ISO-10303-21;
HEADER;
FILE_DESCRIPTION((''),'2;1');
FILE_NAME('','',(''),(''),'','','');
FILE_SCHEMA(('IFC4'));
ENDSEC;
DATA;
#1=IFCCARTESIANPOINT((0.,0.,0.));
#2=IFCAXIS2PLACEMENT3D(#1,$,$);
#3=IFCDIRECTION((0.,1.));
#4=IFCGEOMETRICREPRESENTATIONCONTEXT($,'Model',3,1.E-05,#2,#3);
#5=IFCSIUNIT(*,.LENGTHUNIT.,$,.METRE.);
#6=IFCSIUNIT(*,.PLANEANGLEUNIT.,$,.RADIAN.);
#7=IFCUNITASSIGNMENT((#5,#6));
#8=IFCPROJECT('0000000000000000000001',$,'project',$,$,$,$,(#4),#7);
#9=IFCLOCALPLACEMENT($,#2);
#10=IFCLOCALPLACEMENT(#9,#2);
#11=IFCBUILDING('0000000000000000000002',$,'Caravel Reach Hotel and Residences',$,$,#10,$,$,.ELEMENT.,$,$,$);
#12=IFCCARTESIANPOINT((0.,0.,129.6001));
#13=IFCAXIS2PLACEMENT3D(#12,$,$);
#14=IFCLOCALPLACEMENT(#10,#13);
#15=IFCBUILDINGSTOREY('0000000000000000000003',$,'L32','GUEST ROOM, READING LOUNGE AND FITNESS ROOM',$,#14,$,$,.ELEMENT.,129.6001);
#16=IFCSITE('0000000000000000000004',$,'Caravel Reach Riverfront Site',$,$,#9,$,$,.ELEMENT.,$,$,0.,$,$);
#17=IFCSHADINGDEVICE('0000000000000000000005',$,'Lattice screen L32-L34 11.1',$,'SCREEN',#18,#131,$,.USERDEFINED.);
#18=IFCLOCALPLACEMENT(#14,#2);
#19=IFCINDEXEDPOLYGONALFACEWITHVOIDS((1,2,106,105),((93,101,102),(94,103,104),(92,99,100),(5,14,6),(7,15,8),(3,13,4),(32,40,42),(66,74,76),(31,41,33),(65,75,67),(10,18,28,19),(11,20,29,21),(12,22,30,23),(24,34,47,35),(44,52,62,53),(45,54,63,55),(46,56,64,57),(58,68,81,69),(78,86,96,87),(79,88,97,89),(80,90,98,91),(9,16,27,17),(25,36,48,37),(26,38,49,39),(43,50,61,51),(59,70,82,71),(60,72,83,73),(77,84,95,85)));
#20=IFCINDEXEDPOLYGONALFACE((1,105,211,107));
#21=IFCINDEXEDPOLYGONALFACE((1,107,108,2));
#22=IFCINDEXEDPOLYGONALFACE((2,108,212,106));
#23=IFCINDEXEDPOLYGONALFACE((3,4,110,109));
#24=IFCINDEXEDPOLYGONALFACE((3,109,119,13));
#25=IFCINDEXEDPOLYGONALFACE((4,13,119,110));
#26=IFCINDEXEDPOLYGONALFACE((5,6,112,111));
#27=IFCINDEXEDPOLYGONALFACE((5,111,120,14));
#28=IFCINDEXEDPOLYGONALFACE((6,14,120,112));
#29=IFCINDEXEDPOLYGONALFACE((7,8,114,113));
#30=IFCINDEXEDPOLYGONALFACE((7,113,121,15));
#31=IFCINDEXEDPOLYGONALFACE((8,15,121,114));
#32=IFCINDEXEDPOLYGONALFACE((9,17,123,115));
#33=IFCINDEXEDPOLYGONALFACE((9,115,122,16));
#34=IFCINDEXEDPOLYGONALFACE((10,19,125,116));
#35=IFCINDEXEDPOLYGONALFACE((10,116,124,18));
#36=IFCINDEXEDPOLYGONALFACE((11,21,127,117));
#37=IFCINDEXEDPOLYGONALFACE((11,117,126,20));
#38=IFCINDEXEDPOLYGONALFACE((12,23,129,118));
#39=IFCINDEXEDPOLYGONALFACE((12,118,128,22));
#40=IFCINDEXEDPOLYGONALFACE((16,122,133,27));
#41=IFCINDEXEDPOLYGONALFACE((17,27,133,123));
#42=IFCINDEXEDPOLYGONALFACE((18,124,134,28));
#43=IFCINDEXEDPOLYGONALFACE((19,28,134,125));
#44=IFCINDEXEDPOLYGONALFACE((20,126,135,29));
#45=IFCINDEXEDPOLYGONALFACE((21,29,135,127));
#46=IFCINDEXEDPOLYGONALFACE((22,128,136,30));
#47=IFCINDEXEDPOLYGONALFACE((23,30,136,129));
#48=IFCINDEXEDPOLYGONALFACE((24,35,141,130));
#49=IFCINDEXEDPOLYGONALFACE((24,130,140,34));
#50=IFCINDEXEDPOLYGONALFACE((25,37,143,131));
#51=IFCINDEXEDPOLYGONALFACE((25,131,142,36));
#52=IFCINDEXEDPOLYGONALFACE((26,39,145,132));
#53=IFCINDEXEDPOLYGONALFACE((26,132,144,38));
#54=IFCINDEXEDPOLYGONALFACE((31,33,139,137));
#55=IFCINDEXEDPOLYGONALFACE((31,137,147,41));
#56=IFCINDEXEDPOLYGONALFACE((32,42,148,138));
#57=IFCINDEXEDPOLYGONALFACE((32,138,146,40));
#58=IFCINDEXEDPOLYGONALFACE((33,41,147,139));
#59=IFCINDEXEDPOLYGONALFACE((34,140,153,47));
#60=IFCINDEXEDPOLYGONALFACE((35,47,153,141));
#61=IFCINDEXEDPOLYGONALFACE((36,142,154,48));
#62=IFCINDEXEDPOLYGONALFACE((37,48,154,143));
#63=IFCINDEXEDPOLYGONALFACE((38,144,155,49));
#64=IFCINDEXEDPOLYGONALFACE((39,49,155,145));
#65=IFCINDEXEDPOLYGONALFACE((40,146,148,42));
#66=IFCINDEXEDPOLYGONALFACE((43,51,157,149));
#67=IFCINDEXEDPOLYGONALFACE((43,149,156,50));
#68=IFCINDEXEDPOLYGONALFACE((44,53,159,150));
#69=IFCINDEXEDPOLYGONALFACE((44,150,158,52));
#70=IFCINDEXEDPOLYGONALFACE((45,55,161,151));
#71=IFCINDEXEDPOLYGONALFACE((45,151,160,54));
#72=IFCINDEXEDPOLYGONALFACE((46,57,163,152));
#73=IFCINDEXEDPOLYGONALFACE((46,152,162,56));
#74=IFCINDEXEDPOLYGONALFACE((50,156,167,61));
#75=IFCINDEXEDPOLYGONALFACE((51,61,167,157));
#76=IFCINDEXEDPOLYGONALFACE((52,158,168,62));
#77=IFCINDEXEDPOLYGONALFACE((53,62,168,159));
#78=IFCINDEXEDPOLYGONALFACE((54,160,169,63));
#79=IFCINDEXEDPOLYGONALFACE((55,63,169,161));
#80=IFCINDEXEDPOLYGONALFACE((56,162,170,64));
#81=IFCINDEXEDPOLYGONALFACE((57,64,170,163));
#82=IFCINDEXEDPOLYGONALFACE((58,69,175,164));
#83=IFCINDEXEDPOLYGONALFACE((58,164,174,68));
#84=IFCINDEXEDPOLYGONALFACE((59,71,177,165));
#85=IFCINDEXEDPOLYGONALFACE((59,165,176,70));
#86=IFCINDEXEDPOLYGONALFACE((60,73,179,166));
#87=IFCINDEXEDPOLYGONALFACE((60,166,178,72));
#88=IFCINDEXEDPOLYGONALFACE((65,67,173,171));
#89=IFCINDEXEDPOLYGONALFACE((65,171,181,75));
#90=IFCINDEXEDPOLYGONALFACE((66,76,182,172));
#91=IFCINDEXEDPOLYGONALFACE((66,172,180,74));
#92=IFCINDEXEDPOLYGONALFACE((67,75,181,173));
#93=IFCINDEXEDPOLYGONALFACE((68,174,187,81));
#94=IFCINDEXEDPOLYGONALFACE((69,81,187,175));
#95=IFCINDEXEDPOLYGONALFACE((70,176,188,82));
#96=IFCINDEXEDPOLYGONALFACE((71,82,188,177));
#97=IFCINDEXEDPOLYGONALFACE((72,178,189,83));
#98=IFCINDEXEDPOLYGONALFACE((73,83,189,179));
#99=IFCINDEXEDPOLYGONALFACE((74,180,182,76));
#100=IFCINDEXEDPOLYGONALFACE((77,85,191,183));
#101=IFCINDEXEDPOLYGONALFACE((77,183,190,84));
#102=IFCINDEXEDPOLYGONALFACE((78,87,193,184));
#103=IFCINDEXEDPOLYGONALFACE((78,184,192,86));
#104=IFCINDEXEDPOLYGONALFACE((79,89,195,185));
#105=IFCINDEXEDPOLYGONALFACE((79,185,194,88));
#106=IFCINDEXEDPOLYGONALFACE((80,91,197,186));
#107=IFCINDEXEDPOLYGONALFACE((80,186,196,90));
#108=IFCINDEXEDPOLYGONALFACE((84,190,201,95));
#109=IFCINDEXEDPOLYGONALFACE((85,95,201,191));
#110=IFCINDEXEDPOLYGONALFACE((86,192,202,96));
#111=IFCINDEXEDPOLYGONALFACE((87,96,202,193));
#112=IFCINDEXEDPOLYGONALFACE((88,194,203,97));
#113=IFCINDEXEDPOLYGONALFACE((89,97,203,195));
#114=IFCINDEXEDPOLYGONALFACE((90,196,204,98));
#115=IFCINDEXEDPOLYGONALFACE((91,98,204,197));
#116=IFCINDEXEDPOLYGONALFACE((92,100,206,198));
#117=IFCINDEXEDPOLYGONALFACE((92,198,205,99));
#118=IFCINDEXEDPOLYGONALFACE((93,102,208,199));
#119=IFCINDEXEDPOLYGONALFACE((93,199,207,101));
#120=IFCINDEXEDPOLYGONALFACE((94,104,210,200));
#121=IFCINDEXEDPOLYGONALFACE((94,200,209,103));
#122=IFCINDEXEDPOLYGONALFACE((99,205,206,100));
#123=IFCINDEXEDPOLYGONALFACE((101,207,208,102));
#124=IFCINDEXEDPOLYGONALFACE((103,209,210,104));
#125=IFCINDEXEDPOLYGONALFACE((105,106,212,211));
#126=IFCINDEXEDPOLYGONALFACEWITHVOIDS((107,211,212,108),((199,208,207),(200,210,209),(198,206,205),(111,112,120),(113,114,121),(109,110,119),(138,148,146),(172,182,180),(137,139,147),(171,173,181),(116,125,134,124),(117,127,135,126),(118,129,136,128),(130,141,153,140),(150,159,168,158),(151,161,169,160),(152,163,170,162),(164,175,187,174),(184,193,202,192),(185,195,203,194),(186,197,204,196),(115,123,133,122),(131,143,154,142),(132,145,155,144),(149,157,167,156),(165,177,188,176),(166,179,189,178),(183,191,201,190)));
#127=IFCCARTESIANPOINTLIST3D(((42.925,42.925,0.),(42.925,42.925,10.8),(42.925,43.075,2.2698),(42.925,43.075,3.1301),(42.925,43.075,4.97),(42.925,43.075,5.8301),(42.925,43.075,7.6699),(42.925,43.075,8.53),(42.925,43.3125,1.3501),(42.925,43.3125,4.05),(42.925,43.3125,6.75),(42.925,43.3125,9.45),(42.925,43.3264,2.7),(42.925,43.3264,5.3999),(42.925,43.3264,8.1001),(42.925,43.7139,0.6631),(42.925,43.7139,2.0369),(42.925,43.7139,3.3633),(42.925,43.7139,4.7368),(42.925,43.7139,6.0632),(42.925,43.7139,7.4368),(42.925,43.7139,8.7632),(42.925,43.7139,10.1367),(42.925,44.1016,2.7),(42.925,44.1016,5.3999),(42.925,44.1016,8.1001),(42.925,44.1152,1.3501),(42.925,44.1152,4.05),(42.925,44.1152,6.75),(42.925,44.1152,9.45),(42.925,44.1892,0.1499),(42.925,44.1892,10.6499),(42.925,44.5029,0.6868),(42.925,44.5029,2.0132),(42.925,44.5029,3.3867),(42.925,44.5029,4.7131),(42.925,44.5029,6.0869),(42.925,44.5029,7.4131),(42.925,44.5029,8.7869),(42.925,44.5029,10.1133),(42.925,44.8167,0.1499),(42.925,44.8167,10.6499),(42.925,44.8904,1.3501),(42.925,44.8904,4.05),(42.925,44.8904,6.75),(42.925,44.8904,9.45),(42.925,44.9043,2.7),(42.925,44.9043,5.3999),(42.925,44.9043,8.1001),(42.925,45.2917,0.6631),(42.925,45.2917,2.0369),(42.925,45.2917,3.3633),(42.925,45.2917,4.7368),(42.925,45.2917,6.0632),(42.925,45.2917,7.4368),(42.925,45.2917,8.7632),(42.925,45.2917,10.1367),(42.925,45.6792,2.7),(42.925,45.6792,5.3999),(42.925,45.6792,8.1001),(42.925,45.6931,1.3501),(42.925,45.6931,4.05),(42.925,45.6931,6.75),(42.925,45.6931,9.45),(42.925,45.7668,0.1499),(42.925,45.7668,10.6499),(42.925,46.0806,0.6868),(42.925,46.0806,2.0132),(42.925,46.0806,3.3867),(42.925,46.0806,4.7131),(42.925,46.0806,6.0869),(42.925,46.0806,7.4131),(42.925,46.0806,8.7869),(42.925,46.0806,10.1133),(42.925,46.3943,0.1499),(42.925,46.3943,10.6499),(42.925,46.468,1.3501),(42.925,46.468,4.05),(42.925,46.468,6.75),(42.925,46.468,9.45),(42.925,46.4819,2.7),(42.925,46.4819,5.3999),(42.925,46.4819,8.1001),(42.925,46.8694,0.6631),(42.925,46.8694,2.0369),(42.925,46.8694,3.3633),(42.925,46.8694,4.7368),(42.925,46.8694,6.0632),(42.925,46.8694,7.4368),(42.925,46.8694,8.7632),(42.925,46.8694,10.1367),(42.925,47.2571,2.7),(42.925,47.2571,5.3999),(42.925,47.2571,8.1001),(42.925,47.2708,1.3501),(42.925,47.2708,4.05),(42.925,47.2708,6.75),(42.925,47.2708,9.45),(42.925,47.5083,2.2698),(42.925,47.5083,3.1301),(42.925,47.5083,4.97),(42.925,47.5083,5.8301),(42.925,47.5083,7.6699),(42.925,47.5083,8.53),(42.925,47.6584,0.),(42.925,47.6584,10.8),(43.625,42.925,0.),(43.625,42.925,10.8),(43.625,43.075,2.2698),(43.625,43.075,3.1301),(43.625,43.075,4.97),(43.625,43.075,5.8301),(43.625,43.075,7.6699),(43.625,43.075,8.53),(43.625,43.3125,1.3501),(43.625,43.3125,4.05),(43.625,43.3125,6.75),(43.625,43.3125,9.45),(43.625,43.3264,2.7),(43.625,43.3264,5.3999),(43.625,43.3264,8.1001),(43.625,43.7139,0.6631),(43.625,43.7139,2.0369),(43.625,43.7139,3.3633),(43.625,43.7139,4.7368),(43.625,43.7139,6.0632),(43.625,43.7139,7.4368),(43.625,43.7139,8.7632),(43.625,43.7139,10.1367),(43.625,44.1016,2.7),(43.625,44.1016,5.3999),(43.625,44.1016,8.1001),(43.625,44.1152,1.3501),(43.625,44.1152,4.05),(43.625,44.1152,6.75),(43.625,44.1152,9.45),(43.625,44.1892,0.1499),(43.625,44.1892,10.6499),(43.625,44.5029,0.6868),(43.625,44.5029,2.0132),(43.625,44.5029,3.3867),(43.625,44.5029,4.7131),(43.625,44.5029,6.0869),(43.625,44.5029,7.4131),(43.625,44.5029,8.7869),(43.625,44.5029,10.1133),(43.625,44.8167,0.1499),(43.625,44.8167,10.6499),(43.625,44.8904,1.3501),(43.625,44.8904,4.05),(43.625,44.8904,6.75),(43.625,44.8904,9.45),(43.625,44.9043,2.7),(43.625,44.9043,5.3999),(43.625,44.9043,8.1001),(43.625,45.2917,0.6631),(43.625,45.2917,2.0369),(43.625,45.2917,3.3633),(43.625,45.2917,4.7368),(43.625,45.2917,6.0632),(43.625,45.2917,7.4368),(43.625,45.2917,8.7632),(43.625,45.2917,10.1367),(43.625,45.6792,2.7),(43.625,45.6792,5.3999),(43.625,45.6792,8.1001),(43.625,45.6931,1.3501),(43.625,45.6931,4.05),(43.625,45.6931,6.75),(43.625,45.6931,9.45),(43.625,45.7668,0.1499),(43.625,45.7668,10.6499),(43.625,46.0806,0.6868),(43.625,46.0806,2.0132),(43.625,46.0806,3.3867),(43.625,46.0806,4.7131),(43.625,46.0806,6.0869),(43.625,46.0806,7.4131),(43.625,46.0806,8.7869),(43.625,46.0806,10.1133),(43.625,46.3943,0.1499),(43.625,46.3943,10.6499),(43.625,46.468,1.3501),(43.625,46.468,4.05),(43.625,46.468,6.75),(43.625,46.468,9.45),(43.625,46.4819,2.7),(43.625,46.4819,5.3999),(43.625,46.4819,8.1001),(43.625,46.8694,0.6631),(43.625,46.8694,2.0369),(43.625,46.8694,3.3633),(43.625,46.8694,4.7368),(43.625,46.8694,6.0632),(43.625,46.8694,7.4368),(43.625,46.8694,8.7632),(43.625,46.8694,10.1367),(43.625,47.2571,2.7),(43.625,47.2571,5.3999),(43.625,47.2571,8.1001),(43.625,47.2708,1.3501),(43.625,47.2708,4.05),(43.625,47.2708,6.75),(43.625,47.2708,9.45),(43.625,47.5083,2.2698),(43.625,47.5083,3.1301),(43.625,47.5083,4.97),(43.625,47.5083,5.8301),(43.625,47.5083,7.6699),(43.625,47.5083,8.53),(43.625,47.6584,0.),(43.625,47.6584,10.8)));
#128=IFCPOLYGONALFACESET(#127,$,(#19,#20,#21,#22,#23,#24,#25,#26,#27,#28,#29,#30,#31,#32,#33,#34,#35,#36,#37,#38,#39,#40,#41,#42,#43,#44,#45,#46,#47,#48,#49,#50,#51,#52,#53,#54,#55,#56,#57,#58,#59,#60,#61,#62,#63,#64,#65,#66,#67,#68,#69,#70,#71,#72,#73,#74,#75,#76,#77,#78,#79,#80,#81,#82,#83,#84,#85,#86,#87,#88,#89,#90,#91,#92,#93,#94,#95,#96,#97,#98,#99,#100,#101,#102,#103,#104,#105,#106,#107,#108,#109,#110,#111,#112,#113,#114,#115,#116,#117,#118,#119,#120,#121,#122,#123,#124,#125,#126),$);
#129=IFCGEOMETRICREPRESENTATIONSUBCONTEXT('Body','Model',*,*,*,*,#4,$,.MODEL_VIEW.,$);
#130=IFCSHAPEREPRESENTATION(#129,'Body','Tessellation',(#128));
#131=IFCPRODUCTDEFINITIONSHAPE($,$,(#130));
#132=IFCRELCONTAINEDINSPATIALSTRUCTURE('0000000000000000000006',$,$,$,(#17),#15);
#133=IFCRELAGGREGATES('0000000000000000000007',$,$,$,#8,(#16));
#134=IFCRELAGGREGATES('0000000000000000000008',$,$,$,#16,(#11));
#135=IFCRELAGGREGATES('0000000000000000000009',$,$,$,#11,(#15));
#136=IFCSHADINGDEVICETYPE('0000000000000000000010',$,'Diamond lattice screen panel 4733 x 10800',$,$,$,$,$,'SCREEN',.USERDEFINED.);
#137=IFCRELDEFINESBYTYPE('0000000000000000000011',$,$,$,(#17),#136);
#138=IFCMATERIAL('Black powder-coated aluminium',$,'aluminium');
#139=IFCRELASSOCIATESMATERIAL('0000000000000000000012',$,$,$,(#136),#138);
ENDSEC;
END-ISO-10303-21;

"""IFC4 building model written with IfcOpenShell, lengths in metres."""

from ifc_helpers import new_model, si_unit, direction, frame, origin, place, context, subcontext, project, spatial, polyline, outline, extrude, material, type_object, element, save


model = new_model("IFC4")

# Units and contexts
model_context = context("Model", 3, precision=1e-05, world=origin(), true_north=direction((0.0, 1.0)))
body_context = subcontext(model_context, "Body", "Model", "MODEL_VIEW")
ifc_project = project(units=[si_unit("LENGTHUNIT", "METRE"), si_unit("PLANEANGLEUNIT", "RADIAN")], contexts=[model_context])

# Site, building, storey
site_placement = place(None, origin())
site = spatial("IfcSite", under=ifc_project, at=site_placement, Name="Caravel Reach Riverfront Site", CompositionType="ELEMENT", RefElevation=0.0)
building_placement = place(site_placement, origin())
building = spatial("IfcBuilding", under=site, at=building_placement, Name="Caravel Reach Hotel and Residences", CompositionType="ELEMENT")
storey_placement = place(building_placement, frame((0.0, 0.0, 129.6001)))
storey = spatial("IfcBuildingStorey", under=building, at=storey_placement, Name="L32", Description="GUEST ROOM, READING LOUNGE AND FITNESS ROOM", CompositionType="ELEMENT", Elevation=129.6001)

# Shading device
ifc_material_1 = material(Name="Black powder-coated aluminium", Category="aluminium")
shading_device_type = type_object("IfcShadingDeviceType", Name="Diamond lattice screen panel 4733 x 10800", ElementType="SCREEN", PredefinedType="USERDEFINED", material=ifc_material_1)
shading_device_1_placement = place(storey_placement, frame((42.925, 42.925, 0.0), z_axis=(1.0, 0.0, 0.0), x_axis=(0.0, 1.0, 0.0)))
element("IfcShadingDevice", 1, at=shading_device_1_placement, inside=storey, type_object=shading_device_type, Name="Lattice screen L32-L34 11.1", ObjectType="SCREEN", PredefinedType="USERDEFINED", context=body_context, shape_type="SweptSolid", body=[
    extrude(outline(polyline([(0.0, 0.0), (4.7334, 0.0), (4.7334, 10.8), (0.0, 10.8), (0.0, 0.0)]), holes=[polyline([(0.4014, 2.7), (0.1499, 3.1301), (0.1499, 2.2698), (0.4014, 2.7)]), polyline([(0.4014, 5.3999), (0.1499, 5.8301), (0.1499, 4.97), (0.4014, 5.3999)]), polyline([(0.4014, 8.1001), (0.1499, 8.53), (0.1499, 7.6699), (0.4014, 8.1001)]), polyline([(0.7888, 2.0369), (0.3875, 1.3501), (0.7888, 0.6631), (1.1902, 1.3501), (0.7888, 2.0369)]), polyline([(0.7888, 4.7368), (0.3875, 4.05), (0.7888, 3.3633), (1.1902, 4.05), (0.7888, 4.7368)]), polyline([(0.7888, 7.4368), (0.3875, 6.75), (0.7888, 6.0632), (1.1902, 6.75), (0.7888, 7.4368)]), polyline([(0.7888, 10.1367), (0.3875, 9.45), (0.7888, 8.7632), (1.1902, 9.45), (0.7888, 10.1367)]), polyline([(1.5779, 0.6868), (1.2642, 0.1499), (1.8916, 0.1499), (1.5779, 0.6868)]), polyline([(1.5779, 3.3867), (1.1765, 2.7), (1.5779, 2.0132), (1.9792, 2.7), (1.5779, 3.3867)]), polyline([(1.5779, 6.0869), (1.1765, 5.3999), (1.5779, 4.7131), (1.9792, 5.3999), (1.5779, 6.0869)]), polyline([(1.5779, 8.7869), (1.1765, 8.1001), (1.5779, 7.4131), (1.9792, 8.1001), (1.5779, 8.7869)]), polyline([(1.5779, 10.1133), (1.8916, 10.6499), (1.2642, 10.6499), (1.5779, 10.1133)]), polyline([(2.3667, 2.0369), (1.9653, 1.3501), (2.3667, 0.6631), (2.7681, 1.3501), (2.3667, 2.0369)]), polyline([(2.3667, 4.7368), (1.9653, 4.05), (2.3667, 3.3633), (2.7681, 4.05), (2.3667, 4.7368)]), polyline([(2.3667, 7.4368), (1.9653, 6.75), (2.3667, 6.0632), (2.7681, 6.75), (2.3667, 7.4368)]), polyline([(2.3667, 10.1367), (1.9653, 9.45), (2.3667, 8.7632), (2.7681, 9.45), (2.3667, 10.1367)]), polyline([(3.1555, 0.6868), (2.8418, 0.1499), (3.4692, 0.1499), (3.1555, 0.6868)]), polyline([(3.1555, 3.3867), (2.7542, 2.7), (3.1555, 2.0132), (3.5569, 2.7), (3.1555, 3.3867)]), polyline([(3.1555, 6.0869), (2.7542, 5.3999), (3.1555, 4.7131), (3.5569, 5.3999), (3.1555, 6.0869)]), polyline([(3.1555, 8.7869), (2.7542, 8.1001), (3.1555, 7.4131), (3.5569, 8.1001), (3.1555, 8.7869)]), polyline([(3.1555, 10.1133), (3.4692, 10.6499), (2.8418, 10.6499), (3.1555, 10.1133)]), polyline([(3.9443, 2.0369), (3.543, 1.3501), (3.9443, 0.6631), (4.3457, 1.3501), (3.9443, 2.0369)]), polyline([(3.9443, 4.7368), (3.543, 4.05), (3.9443, 3.3633), (4.3457, 4.05), (3.9443, 4.7368)]), polyline([(3.9443, 7.4368), (3.543, 6.75), (3.9443, 6.0632), (4.3457, 6.75), (3.9443, 7.4368)]), polyline([(3.9443, 10.1367), (3.543, 9.45), (3.9443, 8.7632), (4.3457, 9.45), (3.9443, 10.1367)]), polyline([(4.332, 2.7), (4.5833, 2.2698), (4.5833, 3.1301), (4.332, 2.7)]), polyline([(4.332, 5.3999), (4.5833, 4.97), (4.5833, 5.8301), (4.332, 5.3999)]), polyline([(4.332, 8.1001), (4.5833, 7.6699), (4.5833, 8.53), (4.332, 8.1001)])]), origin(), (0.0, 0.0, 1.0), 0.7),
])

save(model, "model.ifc")
